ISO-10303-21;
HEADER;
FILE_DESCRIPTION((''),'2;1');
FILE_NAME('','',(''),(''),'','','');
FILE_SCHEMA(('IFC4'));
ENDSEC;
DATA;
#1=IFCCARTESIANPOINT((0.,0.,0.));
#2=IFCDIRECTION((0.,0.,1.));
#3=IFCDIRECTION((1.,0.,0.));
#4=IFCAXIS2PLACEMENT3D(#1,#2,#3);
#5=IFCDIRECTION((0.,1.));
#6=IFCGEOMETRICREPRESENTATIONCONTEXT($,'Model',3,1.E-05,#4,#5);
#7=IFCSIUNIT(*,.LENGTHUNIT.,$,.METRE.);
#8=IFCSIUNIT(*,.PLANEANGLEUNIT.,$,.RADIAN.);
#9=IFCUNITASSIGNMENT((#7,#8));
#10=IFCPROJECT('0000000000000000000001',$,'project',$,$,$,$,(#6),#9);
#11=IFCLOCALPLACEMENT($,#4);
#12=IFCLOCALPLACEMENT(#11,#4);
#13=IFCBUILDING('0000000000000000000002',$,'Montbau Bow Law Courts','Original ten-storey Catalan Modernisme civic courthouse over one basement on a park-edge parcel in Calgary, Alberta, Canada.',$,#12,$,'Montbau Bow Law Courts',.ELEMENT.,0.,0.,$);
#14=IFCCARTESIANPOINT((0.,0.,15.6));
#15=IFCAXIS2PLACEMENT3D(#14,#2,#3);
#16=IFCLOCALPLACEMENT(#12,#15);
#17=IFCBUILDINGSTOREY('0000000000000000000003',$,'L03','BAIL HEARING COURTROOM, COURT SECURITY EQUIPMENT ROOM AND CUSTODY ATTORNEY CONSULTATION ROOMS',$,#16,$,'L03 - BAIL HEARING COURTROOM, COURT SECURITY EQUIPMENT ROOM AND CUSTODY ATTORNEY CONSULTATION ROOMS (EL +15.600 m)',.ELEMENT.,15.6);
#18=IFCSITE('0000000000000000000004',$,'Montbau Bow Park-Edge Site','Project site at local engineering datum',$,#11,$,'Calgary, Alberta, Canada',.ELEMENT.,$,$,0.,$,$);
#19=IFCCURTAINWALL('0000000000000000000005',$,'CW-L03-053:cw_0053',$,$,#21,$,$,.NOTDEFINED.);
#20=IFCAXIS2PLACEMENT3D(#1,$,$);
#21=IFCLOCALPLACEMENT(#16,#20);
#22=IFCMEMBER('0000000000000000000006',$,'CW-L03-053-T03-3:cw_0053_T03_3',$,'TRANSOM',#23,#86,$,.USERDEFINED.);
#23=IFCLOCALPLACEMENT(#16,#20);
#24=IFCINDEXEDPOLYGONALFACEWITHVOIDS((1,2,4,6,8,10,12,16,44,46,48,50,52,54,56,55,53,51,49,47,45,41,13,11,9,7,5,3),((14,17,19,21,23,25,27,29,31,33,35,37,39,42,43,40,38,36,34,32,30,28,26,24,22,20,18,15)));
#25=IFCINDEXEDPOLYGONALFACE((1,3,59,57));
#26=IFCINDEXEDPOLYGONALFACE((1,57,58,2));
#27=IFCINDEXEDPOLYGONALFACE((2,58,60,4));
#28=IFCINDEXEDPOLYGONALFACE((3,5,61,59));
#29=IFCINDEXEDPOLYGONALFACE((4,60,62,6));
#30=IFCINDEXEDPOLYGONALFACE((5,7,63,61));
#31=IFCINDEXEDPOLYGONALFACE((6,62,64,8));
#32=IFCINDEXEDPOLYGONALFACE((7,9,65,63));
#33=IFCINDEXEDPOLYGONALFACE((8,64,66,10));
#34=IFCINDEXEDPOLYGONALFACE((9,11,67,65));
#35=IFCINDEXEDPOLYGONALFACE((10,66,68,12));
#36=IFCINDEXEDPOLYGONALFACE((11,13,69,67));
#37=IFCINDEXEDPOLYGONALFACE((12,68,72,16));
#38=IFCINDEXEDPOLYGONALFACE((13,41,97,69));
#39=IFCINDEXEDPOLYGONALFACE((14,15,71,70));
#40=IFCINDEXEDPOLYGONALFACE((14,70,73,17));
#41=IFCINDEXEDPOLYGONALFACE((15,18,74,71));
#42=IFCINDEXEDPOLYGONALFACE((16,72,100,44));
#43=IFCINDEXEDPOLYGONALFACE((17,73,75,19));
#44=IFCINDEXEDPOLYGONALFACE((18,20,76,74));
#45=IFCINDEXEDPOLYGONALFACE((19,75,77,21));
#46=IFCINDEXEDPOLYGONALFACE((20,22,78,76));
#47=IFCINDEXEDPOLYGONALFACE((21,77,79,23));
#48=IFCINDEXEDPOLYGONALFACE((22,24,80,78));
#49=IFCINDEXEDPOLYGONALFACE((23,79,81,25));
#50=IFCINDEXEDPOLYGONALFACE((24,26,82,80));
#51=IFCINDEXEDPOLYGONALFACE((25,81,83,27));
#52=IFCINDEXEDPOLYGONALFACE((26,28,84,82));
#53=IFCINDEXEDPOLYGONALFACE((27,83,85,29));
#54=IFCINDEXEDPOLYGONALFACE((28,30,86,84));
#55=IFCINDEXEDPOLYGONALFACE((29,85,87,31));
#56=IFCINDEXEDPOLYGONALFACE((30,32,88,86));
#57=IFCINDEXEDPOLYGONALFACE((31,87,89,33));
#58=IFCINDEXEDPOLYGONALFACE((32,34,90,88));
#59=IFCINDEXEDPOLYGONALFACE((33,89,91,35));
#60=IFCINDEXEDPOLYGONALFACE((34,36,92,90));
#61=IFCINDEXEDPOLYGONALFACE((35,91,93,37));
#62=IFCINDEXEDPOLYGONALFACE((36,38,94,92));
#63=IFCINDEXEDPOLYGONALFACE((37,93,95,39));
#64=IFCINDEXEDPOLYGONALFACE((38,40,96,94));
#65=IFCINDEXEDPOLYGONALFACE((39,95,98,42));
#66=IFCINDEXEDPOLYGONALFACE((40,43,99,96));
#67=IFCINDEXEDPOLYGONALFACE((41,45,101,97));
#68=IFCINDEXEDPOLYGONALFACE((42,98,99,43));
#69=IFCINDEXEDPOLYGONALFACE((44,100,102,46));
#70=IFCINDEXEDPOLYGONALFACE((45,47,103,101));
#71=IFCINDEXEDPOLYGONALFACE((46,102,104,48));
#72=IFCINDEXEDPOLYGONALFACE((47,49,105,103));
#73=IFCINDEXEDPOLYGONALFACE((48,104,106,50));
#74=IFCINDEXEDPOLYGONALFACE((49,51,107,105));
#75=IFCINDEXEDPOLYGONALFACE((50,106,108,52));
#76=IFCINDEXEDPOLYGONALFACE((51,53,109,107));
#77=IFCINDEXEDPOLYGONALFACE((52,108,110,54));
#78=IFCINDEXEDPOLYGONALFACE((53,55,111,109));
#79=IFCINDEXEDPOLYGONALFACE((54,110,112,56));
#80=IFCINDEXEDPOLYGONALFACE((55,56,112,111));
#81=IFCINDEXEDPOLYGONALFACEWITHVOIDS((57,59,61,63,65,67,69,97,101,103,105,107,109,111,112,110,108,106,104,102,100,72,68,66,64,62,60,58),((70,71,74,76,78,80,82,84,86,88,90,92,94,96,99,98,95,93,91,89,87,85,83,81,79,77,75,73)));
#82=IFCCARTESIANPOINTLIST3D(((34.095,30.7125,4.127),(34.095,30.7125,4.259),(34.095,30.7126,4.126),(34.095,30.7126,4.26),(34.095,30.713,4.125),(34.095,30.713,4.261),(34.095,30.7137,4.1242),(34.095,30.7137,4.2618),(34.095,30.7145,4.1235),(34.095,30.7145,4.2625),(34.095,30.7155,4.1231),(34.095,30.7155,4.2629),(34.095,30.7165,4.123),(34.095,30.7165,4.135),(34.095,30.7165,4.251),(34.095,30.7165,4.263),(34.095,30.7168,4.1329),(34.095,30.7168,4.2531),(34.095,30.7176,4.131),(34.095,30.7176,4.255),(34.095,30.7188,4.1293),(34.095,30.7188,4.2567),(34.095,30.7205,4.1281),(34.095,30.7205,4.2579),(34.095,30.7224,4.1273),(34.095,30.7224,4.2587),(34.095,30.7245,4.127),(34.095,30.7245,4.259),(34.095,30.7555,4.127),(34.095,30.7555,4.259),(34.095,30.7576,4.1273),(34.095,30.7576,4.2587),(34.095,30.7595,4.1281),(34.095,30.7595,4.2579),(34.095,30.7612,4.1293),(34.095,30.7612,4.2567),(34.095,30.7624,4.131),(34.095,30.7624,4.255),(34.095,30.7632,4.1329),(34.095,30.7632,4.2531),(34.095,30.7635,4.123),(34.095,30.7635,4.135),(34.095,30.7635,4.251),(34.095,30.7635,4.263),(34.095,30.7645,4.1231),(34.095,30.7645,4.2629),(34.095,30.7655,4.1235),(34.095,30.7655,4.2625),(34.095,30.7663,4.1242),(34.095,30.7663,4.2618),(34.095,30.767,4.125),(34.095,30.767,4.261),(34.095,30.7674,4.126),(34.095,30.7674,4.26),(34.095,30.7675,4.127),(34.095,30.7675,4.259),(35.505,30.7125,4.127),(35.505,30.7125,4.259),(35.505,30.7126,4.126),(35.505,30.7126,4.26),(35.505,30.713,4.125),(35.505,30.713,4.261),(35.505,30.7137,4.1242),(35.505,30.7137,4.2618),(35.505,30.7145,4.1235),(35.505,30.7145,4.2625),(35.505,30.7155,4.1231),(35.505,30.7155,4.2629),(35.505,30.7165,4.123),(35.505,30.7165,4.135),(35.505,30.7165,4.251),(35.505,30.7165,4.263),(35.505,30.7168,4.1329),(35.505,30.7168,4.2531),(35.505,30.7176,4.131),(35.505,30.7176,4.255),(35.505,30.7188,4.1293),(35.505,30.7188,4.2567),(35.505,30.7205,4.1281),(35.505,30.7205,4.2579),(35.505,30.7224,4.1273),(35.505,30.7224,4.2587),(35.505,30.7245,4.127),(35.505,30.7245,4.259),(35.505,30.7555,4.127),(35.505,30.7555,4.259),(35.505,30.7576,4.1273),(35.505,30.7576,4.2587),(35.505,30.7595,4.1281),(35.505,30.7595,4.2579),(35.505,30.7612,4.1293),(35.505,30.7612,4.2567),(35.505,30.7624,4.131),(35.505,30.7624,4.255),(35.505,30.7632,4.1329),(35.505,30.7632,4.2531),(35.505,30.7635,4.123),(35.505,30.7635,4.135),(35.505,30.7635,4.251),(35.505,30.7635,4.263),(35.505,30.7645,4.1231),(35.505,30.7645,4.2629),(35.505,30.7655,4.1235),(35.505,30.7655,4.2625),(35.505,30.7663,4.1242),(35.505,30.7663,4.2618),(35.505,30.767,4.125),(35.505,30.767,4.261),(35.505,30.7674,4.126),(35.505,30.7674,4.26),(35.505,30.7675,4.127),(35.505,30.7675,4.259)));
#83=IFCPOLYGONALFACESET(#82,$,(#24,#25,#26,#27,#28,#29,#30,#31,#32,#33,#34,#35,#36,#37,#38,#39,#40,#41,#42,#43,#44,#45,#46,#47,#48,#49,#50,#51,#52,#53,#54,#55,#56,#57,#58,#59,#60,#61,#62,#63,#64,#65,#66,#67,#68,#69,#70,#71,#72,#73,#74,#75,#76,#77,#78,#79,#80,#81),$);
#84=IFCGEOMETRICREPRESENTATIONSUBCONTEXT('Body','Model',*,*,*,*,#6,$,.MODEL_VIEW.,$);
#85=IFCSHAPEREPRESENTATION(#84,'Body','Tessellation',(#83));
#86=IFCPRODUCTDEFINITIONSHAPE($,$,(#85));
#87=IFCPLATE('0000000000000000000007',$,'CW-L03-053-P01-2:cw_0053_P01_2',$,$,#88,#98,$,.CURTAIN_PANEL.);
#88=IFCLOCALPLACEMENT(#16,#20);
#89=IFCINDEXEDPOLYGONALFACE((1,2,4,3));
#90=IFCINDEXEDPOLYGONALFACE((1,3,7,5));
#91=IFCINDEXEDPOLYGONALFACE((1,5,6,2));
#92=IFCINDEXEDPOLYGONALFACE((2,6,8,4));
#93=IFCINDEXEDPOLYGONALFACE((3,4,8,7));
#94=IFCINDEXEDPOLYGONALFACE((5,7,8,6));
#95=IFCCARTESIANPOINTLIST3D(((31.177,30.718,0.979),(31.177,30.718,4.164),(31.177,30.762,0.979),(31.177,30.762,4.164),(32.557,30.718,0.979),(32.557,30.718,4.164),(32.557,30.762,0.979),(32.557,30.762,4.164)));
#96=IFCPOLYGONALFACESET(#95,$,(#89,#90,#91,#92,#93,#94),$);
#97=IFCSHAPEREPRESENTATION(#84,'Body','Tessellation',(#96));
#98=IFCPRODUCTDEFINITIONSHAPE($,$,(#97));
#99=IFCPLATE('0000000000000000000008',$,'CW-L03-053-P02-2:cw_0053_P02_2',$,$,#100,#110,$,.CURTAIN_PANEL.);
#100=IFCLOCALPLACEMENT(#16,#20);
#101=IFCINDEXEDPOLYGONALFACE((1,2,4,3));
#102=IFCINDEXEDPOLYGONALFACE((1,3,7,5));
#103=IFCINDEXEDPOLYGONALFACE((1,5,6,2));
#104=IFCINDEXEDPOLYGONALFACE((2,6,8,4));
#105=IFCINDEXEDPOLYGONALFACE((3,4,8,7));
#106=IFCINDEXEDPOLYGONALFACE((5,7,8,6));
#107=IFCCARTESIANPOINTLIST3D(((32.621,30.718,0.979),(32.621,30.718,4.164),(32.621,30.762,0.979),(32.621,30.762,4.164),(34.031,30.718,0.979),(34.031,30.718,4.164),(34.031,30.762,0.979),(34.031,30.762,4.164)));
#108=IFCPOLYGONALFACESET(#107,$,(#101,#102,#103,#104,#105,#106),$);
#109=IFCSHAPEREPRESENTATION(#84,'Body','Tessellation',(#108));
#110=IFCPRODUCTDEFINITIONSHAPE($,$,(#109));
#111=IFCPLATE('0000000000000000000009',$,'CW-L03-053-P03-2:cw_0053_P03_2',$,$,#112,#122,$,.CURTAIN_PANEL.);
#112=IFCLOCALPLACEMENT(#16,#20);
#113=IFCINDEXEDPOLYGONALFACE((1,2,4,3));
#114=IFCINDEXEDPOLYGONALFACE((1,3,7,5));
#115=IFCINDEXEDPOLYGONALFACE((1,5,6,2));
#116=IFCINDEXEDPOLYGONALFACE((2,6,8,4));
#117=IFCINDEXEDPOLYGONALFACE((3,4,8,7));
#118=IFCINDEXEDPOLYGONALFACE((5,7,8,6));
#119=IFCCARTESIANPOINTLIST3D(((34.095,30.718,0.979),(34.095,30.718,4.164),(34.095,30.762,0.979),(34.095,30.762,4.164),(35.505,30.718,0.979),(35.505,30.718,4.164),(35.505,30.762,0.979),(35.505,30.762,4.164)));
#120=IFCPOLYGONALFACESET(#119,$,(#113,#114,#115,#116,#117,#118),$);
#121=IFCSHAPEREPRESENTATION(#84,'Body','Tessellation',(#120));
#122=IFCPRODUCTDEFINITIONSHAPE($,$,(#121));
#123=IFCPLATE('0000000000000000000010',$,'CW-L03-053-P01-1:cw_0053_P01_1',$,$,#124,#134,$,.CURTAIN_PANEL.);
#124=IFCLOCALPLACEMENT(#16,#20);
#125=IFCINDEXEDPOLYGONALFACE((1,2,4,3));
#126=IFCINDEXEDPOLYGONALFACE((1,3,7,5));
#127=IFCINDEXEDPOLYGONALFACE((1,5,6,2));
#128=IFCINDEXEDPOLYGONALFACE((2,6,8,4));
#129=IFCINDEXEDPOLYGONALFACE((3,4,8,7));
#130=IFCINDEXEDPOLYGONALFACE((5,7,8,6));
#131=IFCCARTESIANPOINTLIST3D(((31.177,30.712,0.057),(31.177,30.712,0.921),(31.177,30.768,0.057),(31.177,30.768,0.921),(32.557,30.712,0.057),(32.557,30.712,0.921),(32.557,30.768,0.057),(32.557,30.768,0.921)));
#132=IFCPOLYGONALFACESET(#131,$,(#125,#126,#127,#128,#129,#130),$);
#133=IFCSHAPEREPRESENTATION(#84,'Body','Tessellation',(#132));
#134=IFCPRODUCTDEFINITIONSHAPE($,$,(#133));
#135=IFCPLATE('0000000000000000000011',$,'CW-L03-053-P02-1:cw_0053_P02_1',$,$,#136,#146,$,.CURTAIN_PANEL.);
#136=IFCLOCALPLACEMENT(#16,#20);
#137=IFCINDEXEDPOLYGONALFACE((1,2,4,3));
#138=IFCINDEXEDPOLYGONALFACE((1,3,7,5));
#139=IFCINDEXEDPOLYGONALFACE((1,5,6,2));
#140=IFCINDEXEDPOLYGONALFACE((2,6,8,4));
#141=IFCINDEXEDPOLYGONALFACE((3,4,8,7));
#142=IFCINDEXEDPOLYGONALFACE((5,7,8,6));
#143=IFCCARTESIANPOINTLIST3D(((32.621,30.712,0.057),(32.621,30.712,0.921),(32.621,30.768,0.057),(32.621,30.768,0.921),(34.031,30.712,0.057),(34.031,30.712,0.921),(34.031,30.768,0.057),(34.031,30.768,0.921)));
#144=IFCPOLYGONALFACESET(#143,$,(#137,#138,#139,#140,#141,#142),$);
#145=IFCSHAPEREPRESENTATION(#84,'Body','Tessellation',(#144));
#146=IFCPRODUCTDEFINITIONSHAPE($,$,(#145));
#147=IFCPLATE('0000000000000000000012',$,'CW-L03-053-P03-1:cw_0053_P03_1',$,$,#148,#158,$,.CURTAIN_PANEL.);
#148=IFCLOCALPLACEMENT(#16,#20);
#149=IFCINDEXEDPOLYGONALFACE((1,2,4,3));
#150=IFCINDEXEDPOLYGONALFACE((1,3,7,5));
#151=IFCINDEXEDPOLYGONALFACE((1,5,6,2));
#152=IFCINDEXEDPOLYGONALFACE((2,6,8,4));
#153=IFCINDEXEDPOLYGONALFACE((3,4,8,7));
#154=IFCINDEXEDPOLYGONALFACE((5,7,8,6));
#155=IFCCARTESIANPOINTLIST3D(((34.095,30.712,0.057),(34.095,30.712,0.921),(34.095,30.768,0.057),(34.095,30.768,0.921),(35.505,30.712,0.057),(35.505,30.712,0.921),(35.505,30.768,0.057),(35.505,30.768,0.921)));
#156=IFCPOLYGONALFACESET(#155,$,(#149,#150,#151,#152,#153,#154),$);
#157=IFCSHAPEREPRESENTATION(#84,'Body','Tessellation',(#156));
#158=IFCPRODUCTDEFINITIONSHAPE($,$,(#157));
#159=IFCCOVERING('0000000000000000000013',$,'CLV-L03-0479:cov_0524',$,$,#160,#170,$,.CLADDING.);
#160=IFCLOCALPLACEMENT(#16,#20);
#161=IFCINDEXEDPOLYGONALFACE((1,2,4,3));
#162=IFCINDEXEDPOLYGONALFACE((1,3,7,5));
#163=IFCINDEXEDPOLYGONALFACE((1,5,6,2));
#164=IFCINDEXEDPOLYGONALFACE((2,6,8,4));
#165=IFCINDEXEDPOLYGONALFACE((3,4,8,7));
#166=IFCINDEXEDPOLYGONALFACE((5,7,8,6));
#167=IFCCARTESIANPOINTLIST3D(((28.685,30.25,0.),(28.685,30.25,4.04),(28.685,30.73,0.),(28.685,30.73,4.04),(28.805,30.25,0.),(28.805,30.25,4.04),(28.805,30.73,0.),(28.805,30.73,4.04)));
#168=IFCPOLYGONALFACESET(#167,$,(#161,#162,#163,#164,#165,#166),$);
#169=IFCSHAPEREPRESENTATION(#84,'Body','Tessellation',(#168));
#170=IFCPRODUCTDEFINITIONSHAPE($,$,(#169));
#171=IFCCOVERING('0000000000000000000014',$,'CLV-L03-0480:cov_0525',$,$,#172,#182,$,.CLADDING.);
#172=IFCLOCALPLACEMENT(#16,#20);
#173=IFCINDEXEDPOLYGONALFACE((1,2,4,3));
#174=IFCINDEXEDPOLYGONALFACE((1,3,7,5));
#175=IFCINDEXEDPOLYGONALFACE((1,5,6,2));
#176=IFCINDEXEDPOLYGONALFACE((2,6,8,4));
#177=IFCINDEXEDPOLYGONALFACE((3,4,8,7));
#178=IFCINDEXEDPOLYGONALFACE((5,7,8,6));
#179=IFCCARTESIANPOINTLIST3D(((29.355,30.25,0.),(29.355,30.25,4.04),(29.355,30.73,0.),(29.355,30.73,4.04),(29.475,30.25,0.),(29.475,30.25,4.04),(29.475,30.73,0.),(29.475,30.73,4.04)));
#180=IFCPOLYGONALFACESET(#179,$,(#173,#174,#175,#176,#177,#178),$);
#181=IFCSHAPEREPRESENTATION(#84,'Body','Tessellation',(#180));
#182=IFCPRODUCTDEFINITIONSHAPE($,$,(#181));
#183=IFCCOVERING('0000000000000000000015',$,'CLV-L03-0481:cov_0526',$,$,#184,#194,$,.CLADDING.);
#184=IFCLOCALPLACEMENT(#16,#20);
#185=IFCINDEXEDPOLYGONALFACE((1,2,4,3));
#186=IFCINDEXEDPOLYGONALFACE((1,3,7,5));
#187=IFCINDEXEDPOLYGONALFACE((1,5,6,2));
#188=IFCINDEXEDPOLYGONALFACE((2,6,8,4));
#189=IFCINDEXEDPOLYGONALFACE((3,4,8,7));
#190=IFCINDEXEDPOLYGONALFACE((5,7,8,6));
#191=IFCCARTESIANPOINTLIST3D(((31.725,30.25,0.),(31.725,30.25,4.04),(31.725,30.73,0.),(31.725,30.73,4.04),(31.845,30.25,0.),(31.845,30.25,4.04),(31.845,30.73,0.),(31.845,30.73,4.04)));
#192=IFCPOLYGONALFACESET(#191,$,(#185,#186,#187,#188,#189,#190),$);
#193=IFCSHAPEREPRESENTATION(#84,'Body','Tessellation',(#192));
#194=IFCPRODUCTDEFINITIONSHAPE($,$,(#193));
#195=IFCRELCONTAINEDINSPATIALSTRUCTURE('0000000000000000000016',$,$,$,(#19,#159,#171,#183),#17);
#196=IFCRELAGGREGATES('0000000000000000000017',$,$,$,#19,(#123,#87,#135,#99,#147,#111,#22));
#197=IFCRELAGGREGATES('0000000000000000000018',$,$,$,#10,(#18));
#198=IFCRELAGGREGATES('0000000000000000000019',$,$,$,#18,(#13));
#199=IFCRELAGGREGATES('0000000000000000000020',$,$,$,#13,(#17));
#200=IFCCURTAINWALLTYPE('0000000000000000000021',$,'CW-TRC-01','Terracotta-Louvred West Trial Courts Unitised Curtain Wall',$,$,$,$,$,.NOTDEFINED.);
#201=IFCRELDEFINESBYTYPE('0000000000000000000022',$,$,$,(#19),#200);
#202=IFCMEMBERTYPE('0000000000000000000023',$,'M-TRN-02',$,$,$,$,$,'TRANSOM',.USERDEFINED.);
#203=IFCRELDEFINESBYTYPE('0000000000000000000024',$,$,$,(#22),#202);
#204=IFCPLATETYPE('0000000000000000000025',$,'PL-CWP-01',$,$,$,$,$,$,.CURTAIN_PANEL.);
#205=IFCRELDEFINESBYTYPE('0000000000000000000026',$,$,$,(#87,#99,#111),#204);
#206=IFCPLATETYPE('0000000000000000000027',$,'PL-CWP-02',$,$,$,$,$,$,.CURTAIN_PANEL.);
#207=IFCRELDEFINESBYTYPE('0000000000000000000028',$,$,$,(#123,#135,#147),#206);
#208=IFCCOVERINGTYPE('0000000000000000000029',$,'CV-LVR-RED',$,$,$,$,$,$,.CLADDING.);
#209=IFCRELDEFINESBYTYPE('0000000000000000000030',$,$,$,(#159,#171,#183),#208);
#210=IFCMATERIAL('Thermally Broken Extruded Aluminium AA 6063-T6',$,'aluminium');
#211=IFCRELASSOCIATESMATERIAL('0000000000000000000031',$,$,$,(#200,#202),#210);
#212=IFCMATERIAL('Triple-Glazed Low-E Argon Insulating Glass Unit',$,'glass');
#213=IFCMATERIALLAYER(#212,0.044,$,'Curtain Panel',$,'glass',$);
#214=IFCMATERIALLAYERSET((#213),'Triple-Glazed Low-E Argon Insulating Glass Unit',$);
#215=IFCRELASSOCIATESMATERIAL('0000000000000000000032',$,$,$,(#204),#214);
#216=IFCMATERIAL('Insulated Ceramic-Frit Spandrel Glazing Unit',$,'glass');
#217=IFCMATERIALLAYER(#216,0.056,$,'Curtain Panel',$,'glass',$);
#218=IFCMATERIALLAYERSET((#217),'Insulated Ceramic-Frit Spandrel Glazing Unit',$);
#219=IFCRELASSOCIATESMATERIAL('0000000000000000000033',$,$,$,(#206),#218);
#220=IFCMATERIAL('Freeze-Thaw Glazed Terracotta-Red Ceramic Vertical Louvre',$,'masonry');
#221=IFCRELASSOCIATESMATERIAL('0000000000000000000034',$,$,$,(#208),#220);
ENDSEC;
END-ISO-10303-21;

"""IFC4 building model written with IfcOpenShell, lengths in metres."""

from ifc_helpers import new_model, si_unit, direction, frame, frame_2d, origin_with_axes, origin_2d_with_axis, place, context, subcontext, project, spatial, rectangle, hollow_rectangle, extrude, material, layer, layer_set, material_profile, profile_set, type_object, element, aggregate, save


model = new_model("IFC4")

# Units and contexts
model_context = context("Model", 3, precision=1e-05, world=origin_with_axes(), true_north=direction((0.0, 1.0)))
body_context = subcontext(model_context, "Body", "Model", "MODEL_VIEW")
ifc_project = project(units=[si_unit("LENGTHUNIT", "METRE"), si_unit("PLANEANGLEUNIT", "RADIAN")], contexts=[model_context])

# Site, building, storey
site_placement = place(None, origin_with_axes())
site = spatial("IfcSite", under=ifc_project, at=site_placement, Name="Montbau Bow Park-Edge Site", Description="Project site at local engineering datum", LongName="Calgary, Alberta, Canada", CompositionType="ELEMENT", RefElevation=0.0)
building_placement = place(site_placement, origin_with_axes())
building = spatial("IfcBuilding", under=site, at=building_placement, Name="Montbau Bow Law Courts", Description="Original ten-storey Catalan Modernisme civic courthouse over one basement on a park-edge parcel in Calgary, Alberta, Canada.", LongName="Montbau Bow Law Courts", CompositionType="ELEMENT", ElevationOfRefHeight=0.0, ElevationOfTerrain=0.0)
storey_placement = place(building_placement, frame((0.0, 0.0, 15.6), z_axis=(0.0, 0.0, 1.0), x_axis=(1.0, 0.0, 0.0)))
storey = spatial("IfcBuildingStorey", under=building, at=storey_placement, Name="L03", Description="BAIL HEARING COURTROOM, COURT SECURITY EQUIPMENT ROOM AND CUSTODY ATTORNEY CONSULTATION ROOMS", LongName="L03 - BAIL HEARING COURTROOM, COURT SECURITY EQUIPMENT ROOM AND CUSTODY ATTORNEY CONSULTATION ROOMS (EL +15.600 m)", CompositionType="ELEMENT", Elevation=15.6)

# Shared definitions
ifc_material_1 = material(Name="Thermally Broken Extruded Aluminium AA 6063-T6", Category="aluminium")
curtain_wall_type = type_object("IfcCurtainWallType", Name="CW-TRC-01", Description="Terracotta-Louvred West Trial Courts Unitised Curtain Wall", PredefinedType="NOTDEFINED", material=ifc_material_1)

# Curtain wall, member, plates
curtain_wall_1_placement = place(None, frame((31.115, 30.74, 15.6), z_axis=(0.0, 0.0, 1.0), x_axis=(1.0, 0.0, 0.0)))
curtain_wall_1 = element("IfcCurtainWall", 1, at=curtain_wall_1_placement, inside=storey, type_object=curtain_wall_type, Name="CW-L03-053:cw_0053", PredefinedType="NOTDEFINED")
ifc_material_profile_1 = material_profile(ifc_material_1, hollow_rectangle(XDim=0.055, YDim=0.14, WallThickness=0.004, InnerFilletRadius=0.008, OuterFilletRadius=0.004, at=origin_2d_with_axis()), Name="CWT-140X55", Category="Main", Priority=0)
ifc_profile_set_1 = profile_set([ifc_material_profile_1], Name="Thermally Broken Extruded Aluminium AA 6063-T6")
member_type_1 = type_object("IfcMemberType", Name="M-TRN-02", ElementType="TRANSOM", PredefinedType="USERDEFINED", material=ifc_profile_set_1)
member_1_placement = place(None, frame((34.095, 30.74, 19.793), z_axis=(1.0, 0.0, 0.0), x_axis=(0.0, 1.0, 0.0)))
member_1 = element("IfcMember", 2, at=member_1_placement, type_object=member_type_1, Name="CW-L03-053-T03-3:cw_0053_T03_3", ObjectType="TRANSOM", PredefinedType="USERDEFINED", context=body_context, shape_type="SweptSolid", body=[
    extrude(hollow_rectangle(XDim=0.055, YDim=0.14, WallThickness=0.004, InnerFilletRadius=0.008, OuterFilletRadius=0.004, at=origin_2d_with_axis()), origin_with_axes(), (0.0, 0.0, 1.0), 1.41),
])
ifc_material_2 = material(Name="Triple-Glazed Low-E Argon Insulating Glass Unit", Category="glass")
ifc_layer_1 = layer(ifc_material_2, 0.044, Name="Curtain Panel", Category="glass")
ifc_layer_set_1 = layer_set([ifc_layer_1], Name="Triple-Glazed Low-E Argon Insulating Glass Unit")
plate_type_1 = type_object("IfcPlateType", Name="PL-CWP-01", PredefinedType="CURTAIN_PANEL", material=ifc_layer_set_1)
plate_1_placement = place(None, frame((31.177, 30.74, 16.579), z_axis=(0.0, -1.0, 0.0), x_axis=(1.0, 0.0, 0.0)))
plate_1 = element("IfcPlate", 3, at=plate_1_placement, type_object=plate_type_1, Name="CW-L03-053-P01-2:cw_0053_P01_2", PredefinedType="CURTAIN_PANEL", context=body_context, shape_type="SweptSolid", body=[
    extrude(rectangle(XDim=1.38, YDim=3.185, at=frame_2d((0.69, 1.5925), x_axis=(1.0, 0.0))), frame((0.0, 0.0, -0.022), z_axis=(0.0, 0.0, 1.0), x_axis=(1.0, 0.0, 0.0)), (0.0, 0.0, 1.0), 0.044),
])
plate_2_placement = place(None, frame((32.621, 30.74, 16.579), z_axis=(0.0, -1.0, 0.0), x_axis=(1.0, 0.0, 0.0)))
plate_2 = element("IfcPlate", 4, at=plate_2_placement, type_object=plate_type_1, Name="CW-L03-053-P02-2:cw_0053_P02_2", PredefinedType="CURTAIN_PANEL", context=body_context, shape_type="SweptSolid", body=[
    extrude(rectangle(XDim=1.41, YDim=3.185, at=frame_2d((0.705, 1.5925), x_axis=(1.0, 0.0))), frame((0.0, 0.0, -0.022), z_axis=(0.0, 0.0, 1.0), x_axis=(1.0, 0.0, 0.0)), (0.0, 0.0, 1.0), 0.044),
])
plate_3_placement = place(None, frame((34.095, 30.74, 16.579), z_axis=(0.0, -1.0, 0.0), x_axis=(1.0, 0.0, 0.0)))
plate_3 = element("IfcPlate", 5, at=plate_3_placement, type_object=plate_type_1, Name="CW-L03-053-P03-2:cw_0053_P03_2", PredefinedType="CURTAIN_PANEL", context=body_context, shape_type="SweptSolid", body=[
    extrude(rectangle(XDim=1.41, YDim=3.185, at=frame_2d((0.705, 1.5925), x_axis=(1.0, 0.0))), frame((0.0, 0.0, -0.022), z_axis=(0.0, 0.0, 1.0), x_axis=(1.0, 0.0, 0.0)), (0.0, 0.0, 1.0), 0.044),
])
ifc_material_3 = material(Name="Insulated Ceramic-Frit Spandrel Glazing Unit", Category="glass")
ifc_layer_2 = layer(ifc_material_3, 0.056, Name="Curtain Panel", Category="glass")
ifc_layer_set_2 = layer_set([ifc_layer_2], Name="Insulated Ceramic-Frit Spandrel Glazing Unit")
plate_type_2 = type_object("IfcPlateType", Name="PL-CWP-02", PredefinedType="CURTAIN_PANEL", material=ifc_layer_set_2)
plate_4_placement = place(None, frame((31.177, 30.74, 15.657), z_axis=(0.0, -1.0, 0.0), x_axis=(1.0, 0.0, 0.0)))
plate_4 = element("IfcPlate", 6, at=plate_4_placement, type_object=plate_type_2, Name="CW-L03-053-P01-1:cw_0053_P01_1", PredefinedType="CURTAIN_PANEL", context=body_context, shape_type="SweptSolid", body=[
    extrude(rectangle(XDim=1.38, YDim=0.864, at=frame_2d((0.69, 0.432), x_axis=(1.0, 0.0))), frame((0.0, 0.0, -0.028), z_axis=(0.0, 0.0, 1.0), x_axis=(1.0, 0.0, 0.0)), (0.0, 0.0, 1.0), 0.056),
])
plate_5_placement = place(None, frame((32.621, 30.74, 15.657), z_axis=(0.0, -1.0, 0.0), x_axis=(1.0, 0.0, 0.0)))
plate_5 = element("IfcPlate", 7, at=plate_5_placement, type_object=plate_type_2, Name="CW-L03-053-P02-1:cw_0053_P02_1", PredefinedType="CURTAIN_PANEL", context=body_context, shape_type="SweptSolid", body=[
    extrude(rectangle(XDim=1.41, YDim=0.864, at=frame_2d((0.705, 0.432), x_axis=(1.0, 0.0))), frame((0.0, 0.0, -0.028), z_axis=(0.0, 0.0, 1.0), x_axis=(1.0, 0.0, 0.0)), (0.0, 0.0, 1.0), 0.056),
])
plate_6_placement = place(None, frame((34.095, 30.74, 15.657), z_axis=(0.0, -1.0, 0.0), x_axis=(1.0, 0.0, 0.0)))
plate_6 = element("IfcPlate", 8, at=plate_6_placement, type_object=plate_type_2, Name="CW-L03-053-P03-1:cw_0053_P03_1", PredefinedType="CURTAIN_PANEL", context=body_context, shape_type="SweptSolid", body=[
    extrude(rectangle(XDim=1.41, YDim=0.864, at=frame_2d((0.705, 0.432), x_axis=(1.0, 0.0))), frame((0.0, 0.0, -0.028), z_axis=(0.0, 0.0, 1.0), x_axis=(1.0, 0.0, 0.0)), (0.0, 0.0, 1.0), 0.056),
])
aggregate(curtain_wall_1, [plate_4, plate_1, plate_5, plate_2, plate_6, plate_3, member_1])

# Coverings
ifc_material_4 = material(Name="Freeze-Thaw Glazed Terracotta-Red Ceramic Vertical Louvre", Category="masonry")
covering_type = type_object("IfcCoveringType", Name="CV-LVR-RED", PredefinedType="CLADDING", material=ifc_material_4)
for number, where, z_axis, x_axis, name in (
    (9, (28.745, 30.73, 15.6), (-1.0, 0.0, 0.0), (0.0, -1.0, 0.0), "CLV-L03-0479:cov_0524"),
    (10, (29.415, 30.73, 15.6), (-1.0, 0.0, 0.0), (0.0, -1.0, 0.0), "CLV-L03-0480:cov_0525"),
    (11, (31.785, 30.73, 15.6), (-1.0, 0.0, 0.0), (0.0, -1.0, 0.0), "CLV-L03-0481:cov_0526"),
):
    element("IfcCovering", number, at=place(None, frame(where, z_axis=z_axis, x_axis=x_axis)), inside=storey, type_object=covering_type, Name=name, PredefinedType="CLADDING", context=body_context, shape_type="SweptSolid", body=[
        extrude(rectangle(XDim=0.48, YDim=4.04, at=frame_2d((0.24, 2.02), x_axis=(1.0, 0.0))), frame((0.0, 0.0, -0.06), z_axis=(0.0, 0.0, 1.0), x_axis=(1.0, 0.0, 0.0)), (0.0, 0.0, 1.0), 0.12),
    ])

save(model, "model.ifc")
